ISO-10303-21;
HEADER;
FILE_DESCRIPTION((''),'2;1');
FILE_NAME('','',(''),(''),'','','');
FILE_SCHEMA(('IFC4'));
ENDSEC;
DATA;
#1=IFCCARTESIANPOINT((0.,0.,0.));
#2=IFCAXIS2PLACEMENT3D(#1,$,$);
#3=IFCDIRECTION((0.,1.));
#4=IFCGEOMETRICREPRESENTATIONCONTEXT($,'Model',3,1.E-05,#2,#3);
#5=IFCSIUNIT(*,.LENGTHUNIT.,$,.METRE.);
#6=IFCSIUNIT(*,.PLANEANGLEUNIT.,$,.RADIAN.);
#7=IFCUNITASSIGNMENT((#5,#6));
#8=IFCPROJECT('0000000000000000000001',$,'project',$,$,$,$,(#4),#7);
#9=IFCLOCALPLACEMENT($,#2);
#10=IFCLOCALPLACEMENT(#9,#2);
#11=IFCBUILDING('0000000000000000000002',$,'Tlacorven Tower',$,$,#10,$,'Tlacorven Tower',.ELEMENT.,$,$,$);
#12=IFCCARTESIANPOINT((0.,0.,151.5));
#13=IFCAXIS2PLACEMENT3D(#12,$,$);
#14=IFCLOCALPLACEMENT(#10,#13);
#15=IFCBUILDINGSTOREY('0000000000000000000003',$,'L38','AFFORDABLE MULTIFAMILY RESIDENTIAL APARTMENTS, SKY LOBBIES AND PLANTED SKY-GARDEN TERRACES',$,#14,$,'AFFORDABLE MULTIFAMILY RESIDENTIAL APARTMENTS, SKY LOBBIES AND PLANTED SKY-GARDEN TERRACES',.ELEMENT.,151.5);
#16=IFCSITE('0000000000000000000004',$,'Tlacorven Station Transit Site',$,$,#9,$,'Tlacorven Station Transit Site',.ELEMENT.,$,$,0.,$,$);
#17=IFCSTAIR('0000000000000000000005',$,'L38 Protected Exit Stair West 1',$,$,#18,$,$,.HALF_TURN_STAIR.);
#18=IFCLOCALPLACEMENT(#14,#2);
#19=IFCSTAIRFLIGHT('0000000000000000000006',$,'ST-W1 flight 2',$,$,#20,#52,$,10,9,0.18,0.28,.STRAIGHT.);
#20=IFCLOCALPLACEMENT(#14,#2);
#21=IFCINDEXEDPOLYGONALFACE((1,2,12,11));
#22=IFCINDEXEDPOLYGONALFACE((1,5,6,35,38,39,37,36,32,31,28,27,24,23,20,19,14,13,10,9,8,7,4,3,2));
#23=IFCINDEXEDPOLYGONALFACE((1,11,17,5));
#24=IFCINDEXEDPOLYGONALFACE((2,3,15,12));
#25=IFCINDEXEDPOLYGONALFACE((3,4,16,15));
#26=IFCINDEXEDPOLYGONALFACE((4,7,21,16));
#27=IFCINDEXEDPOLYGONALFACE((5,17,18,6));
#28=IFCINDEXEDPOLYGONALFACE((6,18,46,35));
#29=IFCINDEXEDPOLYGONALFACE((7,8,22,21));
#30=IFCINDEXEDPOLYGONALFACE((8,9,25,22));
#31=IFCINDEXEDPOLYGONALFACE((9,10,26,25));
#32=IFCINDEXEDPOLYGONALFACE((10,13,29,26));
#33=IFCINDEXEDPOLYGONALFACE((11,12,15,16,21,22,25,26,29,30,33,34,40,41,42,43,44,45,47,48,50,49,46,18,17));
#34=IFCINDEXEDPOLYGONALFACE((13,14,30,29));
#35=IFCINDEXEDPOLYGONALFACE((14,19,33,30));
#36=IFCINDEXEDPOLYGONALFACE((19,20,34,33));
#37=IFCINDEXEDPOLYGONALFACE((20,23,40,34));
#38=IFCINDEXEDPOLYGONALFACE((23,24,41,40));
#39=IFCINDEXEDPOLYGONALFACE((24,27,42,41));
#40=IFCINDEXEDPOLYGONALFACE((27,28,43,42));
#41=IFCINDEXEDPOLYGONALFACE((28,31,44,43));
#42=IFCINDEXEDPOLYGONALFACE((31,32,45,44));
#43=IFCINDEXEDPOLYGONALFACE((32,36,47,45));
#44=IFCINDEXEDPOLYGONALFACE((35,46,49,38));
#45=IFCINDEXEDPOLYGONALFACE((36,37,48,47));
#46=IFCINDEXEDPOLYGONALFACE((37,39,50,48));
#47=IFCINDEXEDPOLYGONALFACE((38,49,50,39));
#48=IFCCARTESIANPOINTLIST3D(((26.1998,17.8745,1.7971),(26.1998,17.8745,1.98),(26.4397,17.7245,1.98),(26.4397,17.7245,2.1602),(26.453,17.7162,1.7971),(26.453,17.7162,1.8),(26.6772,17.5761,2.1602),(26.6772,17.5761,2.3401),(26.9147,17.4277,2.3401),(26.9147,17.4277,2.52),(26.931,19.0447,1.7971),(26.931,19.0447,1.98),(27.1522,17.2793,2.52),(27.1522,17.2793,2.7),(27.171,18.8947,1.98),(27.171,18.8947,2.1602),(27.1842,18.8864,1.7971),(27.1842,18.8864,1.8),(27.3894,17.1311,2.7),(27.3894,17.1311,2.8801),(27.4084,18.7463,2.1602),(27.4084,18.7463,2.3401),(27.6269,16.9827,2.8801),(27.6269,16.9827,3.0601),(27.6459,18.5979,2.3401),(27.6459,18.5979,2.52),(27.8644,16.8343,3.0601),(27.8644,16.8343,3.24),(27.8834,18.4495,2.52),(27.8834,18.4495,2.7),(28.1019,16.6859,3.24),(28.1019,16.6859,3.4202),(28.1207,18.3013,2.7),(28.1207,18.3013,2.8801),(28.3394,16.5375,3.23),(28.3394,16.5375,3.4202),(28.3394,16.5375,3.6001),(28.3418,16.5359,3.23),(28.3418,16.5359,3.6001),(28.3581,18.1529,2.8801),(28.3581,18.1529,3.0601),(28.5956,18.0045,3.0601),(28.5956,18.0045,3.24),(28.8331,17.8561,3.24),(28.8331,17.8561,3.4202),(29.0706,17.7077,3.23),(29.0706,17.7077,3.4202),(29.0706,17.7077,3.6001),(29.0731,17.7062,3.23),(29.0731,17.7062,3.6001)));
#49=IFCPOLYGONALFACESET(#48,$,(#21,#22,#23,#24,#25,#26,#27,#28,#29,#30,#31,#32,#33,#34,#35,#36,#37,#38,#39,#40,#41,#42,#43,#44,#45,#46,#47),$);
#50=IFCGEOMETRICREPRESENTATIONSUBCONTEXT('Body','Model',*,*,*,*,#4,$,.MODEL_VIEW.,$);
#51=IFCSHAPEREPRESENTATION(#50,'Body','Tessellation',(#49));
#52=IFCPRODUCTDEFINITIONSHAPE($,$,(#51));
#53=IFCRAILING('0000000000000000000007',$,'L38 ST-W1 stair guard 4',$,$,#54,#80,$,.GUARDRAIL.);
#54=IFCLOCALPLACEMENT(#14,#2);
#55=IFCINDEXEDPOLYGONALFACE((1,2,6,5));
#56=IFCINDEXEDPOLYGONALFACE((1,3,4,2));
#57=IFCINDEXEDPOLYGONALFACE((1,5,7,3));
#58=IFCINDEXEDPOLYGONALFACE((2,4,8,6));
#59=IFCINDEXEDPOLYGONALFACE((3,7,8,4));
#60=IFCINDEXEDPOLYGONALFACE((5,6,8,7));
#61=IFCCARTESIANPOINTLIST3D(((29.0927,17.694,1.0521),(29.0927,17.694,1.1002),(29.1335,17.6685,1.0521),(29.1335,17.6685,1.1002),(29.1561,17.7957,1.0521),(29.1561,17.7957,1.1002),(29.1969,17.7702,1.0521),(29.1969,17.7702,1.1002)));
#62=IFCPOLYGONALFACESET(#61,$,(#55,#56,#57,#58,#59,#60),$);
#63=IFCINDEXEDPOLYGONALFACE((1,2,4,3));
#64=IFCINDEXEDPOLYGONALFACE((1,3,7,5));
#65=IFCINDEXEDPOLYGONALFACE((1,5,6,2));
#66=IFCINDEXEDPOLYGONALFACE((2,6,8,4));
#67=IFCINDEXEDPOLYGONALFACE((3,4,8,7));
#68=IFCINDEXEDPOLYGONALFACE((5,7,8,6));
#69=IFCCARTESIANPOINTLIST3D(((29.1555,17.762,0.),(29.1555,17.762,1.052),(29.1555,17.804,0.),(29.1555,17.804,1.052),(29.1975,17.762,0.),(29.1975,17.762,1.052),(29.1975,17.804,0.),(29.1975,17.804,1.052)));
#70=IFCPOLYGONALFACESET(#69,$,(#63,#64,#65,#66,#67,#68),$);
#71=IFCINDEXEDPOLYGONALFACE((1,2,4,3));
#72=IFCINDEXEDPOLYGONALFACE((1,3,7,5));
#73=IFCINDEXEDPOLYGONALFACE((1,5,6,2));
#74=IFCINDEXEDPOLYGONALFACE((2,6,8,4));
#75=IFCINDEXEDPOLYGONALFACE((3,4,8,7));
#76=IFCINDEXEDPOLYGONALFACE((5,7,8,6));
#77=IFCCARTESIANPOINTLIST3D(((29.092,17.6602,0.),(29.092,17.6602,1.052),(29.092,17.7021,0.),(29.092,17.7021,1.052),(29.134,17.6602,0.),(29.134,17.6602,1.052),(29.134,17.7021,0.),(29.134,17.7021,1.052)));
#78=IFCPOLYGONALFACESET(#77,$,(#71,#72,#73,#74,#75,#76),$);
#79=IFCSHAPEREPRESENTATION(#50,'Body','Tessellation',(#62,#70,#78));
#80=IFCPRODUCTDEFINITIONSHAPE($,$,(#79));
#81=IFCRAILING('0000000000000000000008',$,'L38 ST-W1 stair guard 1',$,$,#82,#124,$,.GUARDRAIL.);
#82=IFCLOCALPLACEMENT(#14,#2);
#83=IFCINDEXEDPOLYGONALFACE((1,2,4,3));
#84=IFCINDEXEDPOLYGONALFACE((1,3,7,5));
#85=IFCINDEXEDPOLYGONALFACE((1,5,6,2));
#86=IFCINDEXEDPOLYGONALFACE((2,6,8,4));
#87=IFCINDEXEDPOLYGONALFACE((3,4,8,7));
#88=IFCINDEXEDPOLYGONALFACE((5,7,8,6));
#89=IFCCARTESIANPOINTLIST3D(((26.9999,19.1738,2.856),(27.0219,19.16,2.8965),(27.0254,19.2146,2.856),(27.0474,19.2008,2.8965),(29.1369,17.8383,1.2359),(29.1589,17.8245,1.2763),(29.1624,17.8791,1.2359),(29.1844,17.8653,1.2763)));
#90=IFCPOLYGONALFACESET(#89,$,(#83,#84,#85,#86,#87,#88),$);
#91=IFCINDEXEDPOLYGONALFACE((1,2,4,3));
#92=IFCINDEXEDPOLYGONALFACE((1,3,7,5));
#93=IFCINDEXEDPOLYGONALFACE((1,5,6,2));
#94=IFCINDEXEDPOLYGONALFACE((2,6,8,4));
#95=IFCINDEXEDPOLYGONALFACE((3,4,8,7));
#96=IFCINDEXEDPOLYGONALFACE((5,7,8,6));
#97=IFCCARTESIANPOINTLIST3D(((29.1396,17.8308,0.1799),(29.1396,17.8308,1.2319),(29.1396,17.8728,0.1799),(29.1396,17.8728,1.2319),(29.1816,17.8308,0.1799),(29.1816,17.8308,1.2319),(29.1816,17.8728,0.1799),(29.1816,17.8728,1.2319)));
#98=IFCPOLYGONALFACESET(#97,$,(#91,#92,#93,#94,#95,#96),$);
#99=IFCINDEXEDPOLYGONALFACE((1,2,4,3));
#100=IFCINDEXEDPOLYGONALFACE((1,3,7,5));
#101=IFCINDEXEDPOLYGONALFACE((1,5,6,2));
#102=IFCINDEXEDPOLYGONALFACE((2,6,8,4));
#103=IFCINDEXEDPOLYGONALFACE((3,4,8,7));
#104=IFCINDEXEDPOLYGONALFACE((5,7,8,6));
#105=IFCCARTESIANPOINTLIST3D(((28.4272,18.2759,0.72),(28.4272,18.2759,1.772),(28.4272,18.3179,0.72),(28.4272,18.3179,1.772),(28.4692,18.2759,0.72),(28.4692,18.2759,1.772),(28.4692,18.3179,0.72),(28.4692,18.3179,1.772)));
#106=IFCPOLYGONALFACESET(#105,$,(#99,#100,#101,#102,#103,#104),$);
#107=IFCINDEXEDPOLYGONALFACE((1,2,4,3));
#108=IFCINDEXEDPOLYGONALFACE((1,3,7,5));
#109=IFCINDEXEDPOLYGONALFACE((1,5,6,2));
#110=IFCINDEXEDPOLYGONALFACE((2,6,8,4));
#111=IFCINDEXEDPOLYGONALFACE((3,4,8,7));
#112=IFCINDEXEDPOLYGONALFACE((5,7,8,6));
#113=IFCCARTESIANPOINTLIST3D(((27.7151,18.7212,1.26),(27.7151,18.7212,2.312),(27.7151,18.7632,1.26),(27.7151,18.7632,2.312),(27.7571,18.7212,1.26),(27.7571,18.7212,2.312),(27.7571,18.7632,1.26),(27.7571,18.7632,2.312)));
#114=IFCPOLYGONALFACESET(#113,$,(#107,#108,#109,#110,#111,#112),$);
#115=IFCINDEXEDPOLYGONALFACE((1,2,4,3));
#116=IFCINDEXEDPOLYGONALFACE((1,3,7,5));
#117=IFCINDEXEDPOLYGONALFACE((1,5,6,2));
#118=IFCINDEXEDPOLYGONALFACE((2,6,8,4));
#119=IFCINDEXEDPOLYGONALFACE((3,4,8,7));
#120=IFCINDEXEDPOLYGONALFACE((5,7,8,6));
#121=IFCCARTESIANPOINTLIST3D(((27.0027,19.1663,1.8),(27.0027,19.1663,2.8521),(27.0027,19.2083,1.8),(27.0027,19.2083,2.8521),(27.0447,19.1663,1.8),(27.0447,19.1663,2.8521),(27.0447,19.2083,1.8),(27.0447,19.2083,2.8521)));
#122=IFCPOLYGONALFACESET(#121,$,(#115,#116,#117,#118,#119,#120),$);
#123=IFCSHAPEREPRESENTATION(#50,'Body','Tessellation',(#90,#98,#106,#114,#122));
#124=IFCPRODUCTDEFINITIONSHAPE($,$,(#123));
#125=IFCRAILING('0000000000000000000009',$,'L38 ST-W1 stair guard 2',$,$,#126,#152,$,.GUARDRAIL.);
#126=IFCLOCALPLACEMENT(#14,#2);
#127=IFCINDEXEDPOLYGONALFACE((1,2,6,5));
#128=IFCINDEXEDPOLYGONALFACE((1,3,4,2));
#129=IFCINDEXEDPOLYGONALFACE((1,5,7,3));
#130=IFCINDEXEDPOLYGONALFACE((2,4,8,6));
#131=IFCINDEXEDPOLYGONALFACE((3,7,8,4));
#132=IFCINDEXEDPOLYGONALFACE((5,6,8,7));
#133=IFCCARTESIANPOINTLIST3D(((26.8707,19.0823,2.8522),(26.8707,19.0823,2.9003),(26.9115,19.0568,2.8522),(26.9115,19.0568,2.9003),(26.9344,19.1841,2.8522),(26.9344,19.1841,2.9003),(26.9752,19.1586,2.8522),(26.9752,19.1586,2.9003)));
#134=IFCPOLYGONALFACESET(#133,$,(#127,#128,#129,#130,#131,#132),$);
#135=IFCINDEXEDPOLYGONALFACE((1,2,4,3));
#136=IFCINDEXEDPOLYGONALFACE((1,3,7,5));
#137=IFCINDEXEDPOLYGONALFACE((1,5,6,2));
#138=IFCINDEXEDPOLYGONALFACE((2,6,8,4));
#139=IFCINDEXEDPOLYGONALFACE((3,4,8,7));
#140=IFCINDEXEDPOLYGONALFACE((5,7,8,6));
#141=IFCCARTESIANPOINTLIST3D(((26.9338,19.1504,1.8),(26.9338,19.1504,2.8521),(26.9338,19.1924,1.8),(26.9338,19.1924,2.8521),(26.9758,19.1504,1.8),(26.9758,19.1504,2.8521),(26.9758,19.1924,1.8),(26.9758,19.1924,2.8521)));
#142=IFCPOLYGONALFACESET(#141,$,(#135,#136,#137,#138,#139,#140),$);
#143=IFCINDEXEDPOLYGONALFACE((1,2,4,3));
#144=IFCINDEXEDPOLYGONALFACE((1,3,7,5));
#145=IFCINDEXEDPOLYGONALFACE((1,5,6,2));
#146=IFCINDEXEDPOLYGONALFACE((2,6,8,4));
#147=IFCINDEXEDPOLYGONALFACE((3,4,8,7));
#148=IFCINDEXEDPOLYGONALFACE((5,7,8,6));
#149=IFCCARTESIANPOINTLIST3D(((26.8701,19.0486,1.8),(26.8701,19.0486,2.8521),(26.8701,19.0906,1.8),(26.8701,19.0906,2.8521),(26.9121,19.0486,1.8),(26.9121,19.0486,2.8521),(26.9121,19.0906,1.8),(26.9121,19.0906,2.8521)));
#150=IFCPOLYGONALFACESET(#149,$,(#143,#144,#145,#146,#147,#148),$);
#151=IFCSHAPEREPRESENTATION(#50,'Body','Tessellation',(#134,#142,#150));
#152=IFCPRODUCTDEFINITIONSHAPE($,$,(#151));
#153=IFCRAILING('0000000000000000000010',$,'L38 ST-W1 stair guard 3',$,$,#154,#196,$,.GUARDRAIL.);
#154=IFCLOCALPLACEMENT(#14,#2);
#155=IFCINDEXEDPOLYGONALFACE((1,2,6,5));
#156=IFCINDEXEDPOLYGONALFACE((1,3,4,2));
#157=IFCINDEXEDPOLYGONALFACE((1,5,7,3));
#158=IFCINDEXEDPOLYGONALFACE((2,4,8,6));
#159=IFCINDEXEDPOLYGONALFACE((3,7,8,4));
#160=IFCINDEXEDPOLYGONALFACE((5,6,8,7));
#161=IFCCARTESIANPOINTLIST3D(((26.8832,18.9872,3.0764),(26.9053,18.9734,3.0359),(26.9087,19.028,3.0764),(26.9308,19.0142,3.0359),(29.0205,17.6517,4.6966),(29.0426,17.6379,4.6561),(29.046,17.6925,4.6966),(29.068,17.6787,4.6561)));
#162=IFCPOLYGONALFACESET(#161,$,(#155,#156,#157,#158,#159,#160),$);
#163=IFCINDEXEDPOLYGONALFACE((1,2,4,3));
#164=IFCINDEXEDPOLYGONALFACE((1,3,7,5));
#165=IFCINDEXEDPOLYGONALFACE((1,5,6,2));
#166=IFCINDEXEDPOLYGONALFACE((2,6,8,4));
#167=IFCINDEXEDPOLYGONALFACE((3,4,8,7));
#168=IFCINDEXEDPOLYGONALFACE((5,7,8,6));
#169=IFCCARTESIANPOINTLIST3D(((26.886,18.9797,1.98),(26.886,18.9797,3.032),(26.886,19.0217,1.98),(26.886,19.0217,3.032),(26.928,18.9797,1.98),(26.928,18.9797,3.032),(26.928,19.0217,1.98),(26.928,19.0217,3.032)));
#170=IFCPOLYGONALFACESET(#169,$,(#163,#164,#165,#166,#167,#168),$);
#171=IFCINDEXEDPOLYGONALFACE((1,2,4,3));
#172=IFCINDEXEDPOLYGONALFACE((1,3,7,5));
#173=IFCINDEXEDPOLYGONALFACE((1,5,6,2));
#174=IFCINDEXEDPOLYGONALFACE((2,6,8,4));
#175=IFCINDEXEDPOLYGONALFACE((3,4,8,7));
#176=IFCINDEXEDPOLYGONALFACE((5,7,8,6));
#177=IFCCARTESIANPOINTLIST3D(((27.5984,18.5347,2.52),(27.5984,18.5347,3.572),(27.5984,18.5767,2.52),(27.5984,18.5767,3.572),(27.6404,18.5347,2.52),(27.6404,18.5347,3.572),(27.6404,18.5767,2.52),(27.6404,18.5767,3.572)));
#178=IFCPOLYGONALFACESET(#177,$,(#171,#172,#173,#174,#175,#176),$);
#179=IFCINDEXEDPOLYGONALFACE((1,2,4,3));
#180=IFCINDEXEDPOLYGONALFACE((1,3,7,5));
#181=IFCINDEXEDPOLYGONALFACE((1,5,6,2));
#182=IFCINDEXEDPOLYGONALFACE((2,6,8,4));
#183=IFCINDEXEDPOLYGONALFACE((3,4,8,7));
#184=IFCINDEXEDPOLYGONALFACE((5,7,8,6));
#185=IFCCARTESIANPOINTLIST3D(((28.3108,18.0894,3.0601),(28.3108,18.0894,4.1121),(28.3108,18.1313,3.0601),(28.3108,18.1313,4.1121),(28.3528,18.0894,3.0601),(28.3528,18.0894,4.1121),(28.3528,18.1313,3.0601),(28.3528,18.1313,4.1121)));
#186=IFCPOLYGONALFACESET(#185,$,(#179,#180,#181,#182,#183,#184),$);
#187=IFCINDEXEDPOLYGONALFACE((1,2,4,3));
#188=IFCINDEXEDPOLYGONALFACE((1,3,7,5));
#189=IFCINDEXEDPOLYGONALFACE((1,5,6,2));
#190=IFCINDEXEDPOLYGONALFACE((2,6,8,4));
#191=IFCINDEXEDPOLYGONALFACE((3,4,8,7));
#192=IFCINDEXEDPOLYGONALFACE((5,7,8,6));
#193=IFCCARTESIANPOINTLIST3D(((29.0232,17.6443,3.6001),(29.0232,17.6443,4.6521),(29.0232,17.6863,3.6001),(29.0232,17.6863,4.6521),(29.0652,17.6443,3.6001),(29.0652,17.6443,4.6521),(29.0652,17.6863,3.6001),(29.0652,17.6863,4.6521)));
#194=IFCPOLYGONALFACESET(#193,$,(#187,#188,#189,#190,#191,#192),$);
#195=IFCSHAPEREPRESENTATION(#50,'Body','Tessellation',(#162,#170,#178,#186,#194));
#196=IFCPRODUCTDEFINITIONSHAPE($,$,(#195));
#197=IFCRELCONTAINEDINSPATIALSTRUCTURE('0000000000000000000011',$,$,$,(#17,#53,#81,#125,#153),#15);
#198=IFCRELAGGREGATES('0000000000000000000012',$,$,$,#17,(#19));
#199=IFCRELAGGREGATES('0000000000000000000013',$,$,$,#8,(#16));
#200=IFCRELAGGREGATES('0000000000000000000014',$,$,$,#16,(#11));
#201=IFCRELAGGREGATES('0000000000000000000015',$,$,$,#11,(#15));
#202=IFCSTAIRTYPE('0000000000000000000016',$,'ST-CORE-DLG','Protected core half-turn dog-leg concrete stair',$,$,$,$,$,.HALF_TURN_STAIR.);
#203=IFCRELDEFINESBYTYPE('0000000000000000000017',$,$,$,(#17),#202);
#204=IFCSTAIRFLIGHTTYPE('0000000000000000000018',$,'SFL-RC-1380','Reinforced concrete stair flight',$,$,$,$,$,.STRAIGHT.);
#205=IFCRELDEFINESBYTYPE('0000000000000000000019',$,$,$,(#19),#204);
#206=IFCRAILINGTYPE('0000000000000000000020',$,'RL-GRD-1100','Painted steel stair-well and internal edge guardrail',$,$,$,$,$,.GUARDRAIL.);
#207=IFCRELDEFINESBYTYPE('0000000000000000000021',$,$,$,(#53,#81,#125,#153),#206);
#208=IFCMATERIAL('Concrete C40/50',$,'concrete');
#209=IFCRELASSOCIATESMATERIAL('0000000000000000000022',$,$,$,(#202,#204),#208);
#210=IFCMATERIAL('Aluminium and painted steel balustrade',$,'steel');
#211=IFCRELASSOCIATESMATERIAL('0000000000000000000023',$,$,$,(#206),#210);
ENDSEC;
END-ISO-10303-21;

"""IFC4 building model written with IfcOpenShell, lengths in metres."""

from ifc_helpers import new_model, si_unit, direction, frame, origin, origin_2d, place, context, subcontext, project, spatial, polyline, rectangle, outline, extrude, source, transform, mapped, material, type_object, element, aggregate, save


model = new_model("IFC4")

# Units and contexts
model_context = context("Model", 3, precision=1e-05, world=origin(), true_north=direction((0.0, 1.0)))
body_context = subcontext(model_context, "Body", "Model", "MODEL_VIEW")
ifc_project = project(units=[si_unit("LENGTHUNIT", "METRE"), si_unit("PLANEANGLEUNIT", "RADIAN")], contexts=[model_context])

# Site, building, storey
site_placement = place(None, origin())
site = spatial("IfcSite", under=ifc_project, at=site_placement, Name="Tlacorven Station Transit Site", LongName="Tlacorven Station Transit Site", CompositionType="ELEMENT", RefElevation=0.0)
building_placement = place(site_placement, origin())
building = spatial("IfcBuilding", under=site, at=building_placement, Name="Tlacorven Tower", LongName="Tlacorven Tower", CompositionType="ELEMENT")
storey_placement = place(building_placement, frame((0.0, 0.0, 151.5)))
storey = spatial("IfcBuildingStorey", under=building, at=storey_placement, Name="L38", Description="AFFORDABLE MULTIFAMILY RESIDENTIAL APARTMENTS, SKY LOBBIES AND PLANTED SKY-GARDEN TERRACES", LongName="AFFORDABLE MULTIFAMILY RESIDENTIAL APARTMENTS, SKY LOBBIES AND PLANTED SKY-GARDEN TERRACES", CompositionType="ELEMENT", Elevation=151.5)

# Stair, stair flight
ifc_material_1 = material(Name="Concrete C40/50", Category="concrete")
stair_type = type_object("IfcStairType", Name="ST-CORE-DLG", Description="Protected core half-turn dog-leg concrete stair", PredefinedType="HALF_TURN_STAIR", material=ifc_material_1)
stair_placement = place(storey_placement, origin())
stair = element("IfcStair", 1, at=stair_placement, inside=storey, type_object=stair_type, Name="L38 Protected Exit Stair West 1", PredefinedType="HALF_TURN_STAIR")
stair_flight_type = type_object("IfcStairFlightType", Name="SFL-RC-1380", Description="Reinforced concrete stair flight", PredefinedType="STRAIGHT", material=ifc_material_1)
shared_shape_1 = source(origin(), body_context, "Body", "SweptSolid", [
    extrude(outline(polyline([(-0.0029, -0.0029), (-0.0029, 0.1799), (0.28, 0.1799), (0.28, 0.3601), (0.5601, 0.3601), (0.5601, 0.54), (0.8401, 0.54), (0.8401, 0.72), (1.1201, 0.72), (1.1201, 0.8999), (1.3999, 0.8999), (1.3999, 1.0801), (1.6799, 1.0801), (1.6799, 1.26), (1.96, 1.26), (1.96, 1.4399), (2.24, 1.4399), (2.24, 1.6201), (2.52, 1.6201), (2.52, 1.8), (2.5229, 1.8), (2.5229, 1.4299), (2.52, 1.4299), (0.2957, 0.0), (0.2957, -0.0029), (-0.0029, -0.0029)])), frame((0.0, 0.6899, 0.0), z_axis=(0.0, -1.0, 0.0), x_axis=(1.0, 0.0, 0.0)), (0.0, 0.0, 1.0), 1.3799),
])
stair_flight_1_placement = place(storey_placement, frame((26.5679, 18.458, 1.8), z_axis=(0.0, 0.0, 1.0), x_axis=(0.848048, -0.529919, 0.0)))
stair_flight_1 = element("IfcStairFlight", 2, at=stair_flight_1_placement, type_object=stair_flight_type, Name="ST-W1 flight 2", NumberOfRisers=10, NumberOfTreads=9, PredefinedType="STRAIGHT", RiserHeight=0.18, TreadLength=0.28, context=body_context, shape_type="MappedRepresentation", body=[
    mapped(shared_shape_1, transform((0.0, 0.0, 0.0), scale=1.0)),
])
aggregate(stair, [stair_flight_1])

# Railings
ifc_material_2 = material(Name="Aluminium and painted steel balustrade", Category="steel")
railing_type_1 = type_object("IfcRailingType", Name="RL-GRD-1100", Description="Painted steel stair-well and internal edge guardrail", PredefinedType="GUARDRAIL", material=ifc_material_2)
shared_shape_2 = source(origin(), body_context, "Body", "SweptSolid", [
    extrude(rectangle(XDim=0.0481, YDim=0.0481, at=origin_2d()), frame((0.0, 0.0, 1.0762), z_axis=(-0.529084, -0.848569, 0.0), x_axis=(0.848569, -0.529084, 0.0)), (0.0, 0.0, 1.0), 0.1199),
    extrude(rectangle(XDim=0.042, YDim=0.042, at=origin_2d()), origin(), (0.0, 0.0, 1.0), 1.052),
    extrude(rectangle(XDim=0.042, YDim=0.042, at=origin_2d()), frame((-0.0635, -0.1018, 0.0)), (0.0, 0.0, 1.0), 1.052),
])
railing_1_placement = place(storey_placement, frame((29.1765, 17.783, 0.0)))
element("IfcRailing", 3, at=railing_1_placement, inside=storey, type_object=railing_type_1, Name="L38 ST-W1 stair guard 4", PredefinedType="GUARDRAIL", context=body_context, shape_type="MappedRepresentation", body=[
    mapped(shared_shape_2, transform((0.0, 0.0, 0.0), scale=1.0)),
])
shared_shape_3 = source(origin(), body_context, "Body", "SweptSolid", [
    extrude(rectangle(XDim=0.0481, YDim=0.0481, at=origin_2d()), frame((0.0, 0.0, 1.0762), z_axis=(-0.71332, 0.445774, 0.540796), x_axis=(-0.529955, -0.848026, 0.0)), (0.0, 0.0, 1.0), 2.9958),
    extrude(rectangle(XDim=0.042, YDim=0.042, at=origin_2d()), origin(), (0.0, 0.0, 1.0), 1.052),
    extrude(rectangle(XDim=0.042, YDim=0.042, at=origin_2d()), frame((-0.7124, 0.4451, 0.54)), (0.0, 0.0, 1.0), 1.052),
    extrude(rectangle(XDim=0.042, YDim=0.042, at=origin_2d()), frame((-1.4246, 0.8904, 1.0801)), (0.0, 0.0, 1.0), 1.052),
    extrude(rectangle(XDim=0.042, YDim=0.042, at=origin_2d()), frame((-2.137, 1.3354, 1.6201)), (0.0, 0.0, 1.0), 1.052),
])
railing_2_placement = place(storey_placement, frame((29.1606, 17.8518, 0.1799)))
element("IfcRailing", 4, at=railing_2_placement, inside=storey, type_object=railing_type_1, Name="L38 ST-W1 stair guard 1", PredefinedType="GUARDRAIL", context=body_context, shape_type="MappedRepresentation", body=[
    mapped(shared_shape_3, transform((0.0, 0.0, 0.0), scale=1.0)),
])
shared_shape_4 = source(origin(), body_context, "Body", "SweptSolid", [
    extrude(rectangle(XDim=0.0481, YDim=0.0481, at=origin_2d()), frame((0.0, 0.0, 1.0762), z_axis=(-0.530547, -0.847656, 0.0), x_axis=(0.847656, -0.530547, 0.0)), (0.0, 0.0, 1.0), 0.1201),
    extrude(rectangle(XDim=0.042, YDim=0.042, at=origin_2d()), origin(), (0.0, 0.0, 1.0), 1.052),
    extrude(rectangle(XDim=0.042, YDim=0.042, at=origin_2d()), frame((-0.0637, -0.1018, 0.0)), (0.0, 0.0, 1.0), 1.052),
])
railing_3_placement = place(storey_placement, frame((26.9548, 19.1714, 1.8)))
element("IfcRailing", 5, at=railing_3_placement, inside=storey, type_object=railing_type_1, Name="L38 ST-W1 stair guard 2", PredefinedType="GUARDRAIL", context=body_context, shape_type="MappedRepresentation", body=[
    mapped(shared_shape_4, transform((0.0, 0.0, 0.0), scale=1.0)),
])
shared_shape_5 = source(origin(), body_context, "Body", "SweptSolid", [
    extrude(rectangle(XDim=0.0481, YDim=0.0481, at=origin_2d()), frame((0.0, 0.0, 1.0762), z_axis=(0.71336, -0.445748, 0.540765), x_axis=(0.529912, 0.848053, 0.0)), (0.0, 0.0, 1.0), 2.9961),
    extrude(rectangle(XDim=0.042, YDim=0.042, at=origin_2d()), origin(), (0.0, 0.0, 1.0), 1.052),
    extrude(rectangle(XDim=0.042, YDim=0.042, at=origin_2d()), frame((0.7124, -0.4451, 0.54)), (0.0, 0.0, 1.0), 1.052),
    extrude(rectangle(XDim=0.042, YDim=0.042, at=origin_2d()), frame((1.4248, -0.8904, 1.0801)), (0.0, 0.0, 1.0), 1.052),
    extrude(rectangle(XDim=0.042, YDim=0.042, at=origin_2d()), frame((2.1372, -1.3354, 1.6201)), (0.0, 0.0, 1.0), 1.052),
])
railing_4_placement = place(storey_placement, frame((26.907, 19.0007, 1.98)))
element("IfcRailing", 6, at=railing_4_placement, inside=storey, type_object=railing_type_1, Name="L38 ST-W1 stair guard 3", PredefinedType="GUARDRAIL", context=body_context, shape_type="MappedRepresentation", body=[
    mapped(shared_shape_5, transform((0.0, 0.0, 0.0), scale=1.0)),
])

save(model, "model.ifc")
